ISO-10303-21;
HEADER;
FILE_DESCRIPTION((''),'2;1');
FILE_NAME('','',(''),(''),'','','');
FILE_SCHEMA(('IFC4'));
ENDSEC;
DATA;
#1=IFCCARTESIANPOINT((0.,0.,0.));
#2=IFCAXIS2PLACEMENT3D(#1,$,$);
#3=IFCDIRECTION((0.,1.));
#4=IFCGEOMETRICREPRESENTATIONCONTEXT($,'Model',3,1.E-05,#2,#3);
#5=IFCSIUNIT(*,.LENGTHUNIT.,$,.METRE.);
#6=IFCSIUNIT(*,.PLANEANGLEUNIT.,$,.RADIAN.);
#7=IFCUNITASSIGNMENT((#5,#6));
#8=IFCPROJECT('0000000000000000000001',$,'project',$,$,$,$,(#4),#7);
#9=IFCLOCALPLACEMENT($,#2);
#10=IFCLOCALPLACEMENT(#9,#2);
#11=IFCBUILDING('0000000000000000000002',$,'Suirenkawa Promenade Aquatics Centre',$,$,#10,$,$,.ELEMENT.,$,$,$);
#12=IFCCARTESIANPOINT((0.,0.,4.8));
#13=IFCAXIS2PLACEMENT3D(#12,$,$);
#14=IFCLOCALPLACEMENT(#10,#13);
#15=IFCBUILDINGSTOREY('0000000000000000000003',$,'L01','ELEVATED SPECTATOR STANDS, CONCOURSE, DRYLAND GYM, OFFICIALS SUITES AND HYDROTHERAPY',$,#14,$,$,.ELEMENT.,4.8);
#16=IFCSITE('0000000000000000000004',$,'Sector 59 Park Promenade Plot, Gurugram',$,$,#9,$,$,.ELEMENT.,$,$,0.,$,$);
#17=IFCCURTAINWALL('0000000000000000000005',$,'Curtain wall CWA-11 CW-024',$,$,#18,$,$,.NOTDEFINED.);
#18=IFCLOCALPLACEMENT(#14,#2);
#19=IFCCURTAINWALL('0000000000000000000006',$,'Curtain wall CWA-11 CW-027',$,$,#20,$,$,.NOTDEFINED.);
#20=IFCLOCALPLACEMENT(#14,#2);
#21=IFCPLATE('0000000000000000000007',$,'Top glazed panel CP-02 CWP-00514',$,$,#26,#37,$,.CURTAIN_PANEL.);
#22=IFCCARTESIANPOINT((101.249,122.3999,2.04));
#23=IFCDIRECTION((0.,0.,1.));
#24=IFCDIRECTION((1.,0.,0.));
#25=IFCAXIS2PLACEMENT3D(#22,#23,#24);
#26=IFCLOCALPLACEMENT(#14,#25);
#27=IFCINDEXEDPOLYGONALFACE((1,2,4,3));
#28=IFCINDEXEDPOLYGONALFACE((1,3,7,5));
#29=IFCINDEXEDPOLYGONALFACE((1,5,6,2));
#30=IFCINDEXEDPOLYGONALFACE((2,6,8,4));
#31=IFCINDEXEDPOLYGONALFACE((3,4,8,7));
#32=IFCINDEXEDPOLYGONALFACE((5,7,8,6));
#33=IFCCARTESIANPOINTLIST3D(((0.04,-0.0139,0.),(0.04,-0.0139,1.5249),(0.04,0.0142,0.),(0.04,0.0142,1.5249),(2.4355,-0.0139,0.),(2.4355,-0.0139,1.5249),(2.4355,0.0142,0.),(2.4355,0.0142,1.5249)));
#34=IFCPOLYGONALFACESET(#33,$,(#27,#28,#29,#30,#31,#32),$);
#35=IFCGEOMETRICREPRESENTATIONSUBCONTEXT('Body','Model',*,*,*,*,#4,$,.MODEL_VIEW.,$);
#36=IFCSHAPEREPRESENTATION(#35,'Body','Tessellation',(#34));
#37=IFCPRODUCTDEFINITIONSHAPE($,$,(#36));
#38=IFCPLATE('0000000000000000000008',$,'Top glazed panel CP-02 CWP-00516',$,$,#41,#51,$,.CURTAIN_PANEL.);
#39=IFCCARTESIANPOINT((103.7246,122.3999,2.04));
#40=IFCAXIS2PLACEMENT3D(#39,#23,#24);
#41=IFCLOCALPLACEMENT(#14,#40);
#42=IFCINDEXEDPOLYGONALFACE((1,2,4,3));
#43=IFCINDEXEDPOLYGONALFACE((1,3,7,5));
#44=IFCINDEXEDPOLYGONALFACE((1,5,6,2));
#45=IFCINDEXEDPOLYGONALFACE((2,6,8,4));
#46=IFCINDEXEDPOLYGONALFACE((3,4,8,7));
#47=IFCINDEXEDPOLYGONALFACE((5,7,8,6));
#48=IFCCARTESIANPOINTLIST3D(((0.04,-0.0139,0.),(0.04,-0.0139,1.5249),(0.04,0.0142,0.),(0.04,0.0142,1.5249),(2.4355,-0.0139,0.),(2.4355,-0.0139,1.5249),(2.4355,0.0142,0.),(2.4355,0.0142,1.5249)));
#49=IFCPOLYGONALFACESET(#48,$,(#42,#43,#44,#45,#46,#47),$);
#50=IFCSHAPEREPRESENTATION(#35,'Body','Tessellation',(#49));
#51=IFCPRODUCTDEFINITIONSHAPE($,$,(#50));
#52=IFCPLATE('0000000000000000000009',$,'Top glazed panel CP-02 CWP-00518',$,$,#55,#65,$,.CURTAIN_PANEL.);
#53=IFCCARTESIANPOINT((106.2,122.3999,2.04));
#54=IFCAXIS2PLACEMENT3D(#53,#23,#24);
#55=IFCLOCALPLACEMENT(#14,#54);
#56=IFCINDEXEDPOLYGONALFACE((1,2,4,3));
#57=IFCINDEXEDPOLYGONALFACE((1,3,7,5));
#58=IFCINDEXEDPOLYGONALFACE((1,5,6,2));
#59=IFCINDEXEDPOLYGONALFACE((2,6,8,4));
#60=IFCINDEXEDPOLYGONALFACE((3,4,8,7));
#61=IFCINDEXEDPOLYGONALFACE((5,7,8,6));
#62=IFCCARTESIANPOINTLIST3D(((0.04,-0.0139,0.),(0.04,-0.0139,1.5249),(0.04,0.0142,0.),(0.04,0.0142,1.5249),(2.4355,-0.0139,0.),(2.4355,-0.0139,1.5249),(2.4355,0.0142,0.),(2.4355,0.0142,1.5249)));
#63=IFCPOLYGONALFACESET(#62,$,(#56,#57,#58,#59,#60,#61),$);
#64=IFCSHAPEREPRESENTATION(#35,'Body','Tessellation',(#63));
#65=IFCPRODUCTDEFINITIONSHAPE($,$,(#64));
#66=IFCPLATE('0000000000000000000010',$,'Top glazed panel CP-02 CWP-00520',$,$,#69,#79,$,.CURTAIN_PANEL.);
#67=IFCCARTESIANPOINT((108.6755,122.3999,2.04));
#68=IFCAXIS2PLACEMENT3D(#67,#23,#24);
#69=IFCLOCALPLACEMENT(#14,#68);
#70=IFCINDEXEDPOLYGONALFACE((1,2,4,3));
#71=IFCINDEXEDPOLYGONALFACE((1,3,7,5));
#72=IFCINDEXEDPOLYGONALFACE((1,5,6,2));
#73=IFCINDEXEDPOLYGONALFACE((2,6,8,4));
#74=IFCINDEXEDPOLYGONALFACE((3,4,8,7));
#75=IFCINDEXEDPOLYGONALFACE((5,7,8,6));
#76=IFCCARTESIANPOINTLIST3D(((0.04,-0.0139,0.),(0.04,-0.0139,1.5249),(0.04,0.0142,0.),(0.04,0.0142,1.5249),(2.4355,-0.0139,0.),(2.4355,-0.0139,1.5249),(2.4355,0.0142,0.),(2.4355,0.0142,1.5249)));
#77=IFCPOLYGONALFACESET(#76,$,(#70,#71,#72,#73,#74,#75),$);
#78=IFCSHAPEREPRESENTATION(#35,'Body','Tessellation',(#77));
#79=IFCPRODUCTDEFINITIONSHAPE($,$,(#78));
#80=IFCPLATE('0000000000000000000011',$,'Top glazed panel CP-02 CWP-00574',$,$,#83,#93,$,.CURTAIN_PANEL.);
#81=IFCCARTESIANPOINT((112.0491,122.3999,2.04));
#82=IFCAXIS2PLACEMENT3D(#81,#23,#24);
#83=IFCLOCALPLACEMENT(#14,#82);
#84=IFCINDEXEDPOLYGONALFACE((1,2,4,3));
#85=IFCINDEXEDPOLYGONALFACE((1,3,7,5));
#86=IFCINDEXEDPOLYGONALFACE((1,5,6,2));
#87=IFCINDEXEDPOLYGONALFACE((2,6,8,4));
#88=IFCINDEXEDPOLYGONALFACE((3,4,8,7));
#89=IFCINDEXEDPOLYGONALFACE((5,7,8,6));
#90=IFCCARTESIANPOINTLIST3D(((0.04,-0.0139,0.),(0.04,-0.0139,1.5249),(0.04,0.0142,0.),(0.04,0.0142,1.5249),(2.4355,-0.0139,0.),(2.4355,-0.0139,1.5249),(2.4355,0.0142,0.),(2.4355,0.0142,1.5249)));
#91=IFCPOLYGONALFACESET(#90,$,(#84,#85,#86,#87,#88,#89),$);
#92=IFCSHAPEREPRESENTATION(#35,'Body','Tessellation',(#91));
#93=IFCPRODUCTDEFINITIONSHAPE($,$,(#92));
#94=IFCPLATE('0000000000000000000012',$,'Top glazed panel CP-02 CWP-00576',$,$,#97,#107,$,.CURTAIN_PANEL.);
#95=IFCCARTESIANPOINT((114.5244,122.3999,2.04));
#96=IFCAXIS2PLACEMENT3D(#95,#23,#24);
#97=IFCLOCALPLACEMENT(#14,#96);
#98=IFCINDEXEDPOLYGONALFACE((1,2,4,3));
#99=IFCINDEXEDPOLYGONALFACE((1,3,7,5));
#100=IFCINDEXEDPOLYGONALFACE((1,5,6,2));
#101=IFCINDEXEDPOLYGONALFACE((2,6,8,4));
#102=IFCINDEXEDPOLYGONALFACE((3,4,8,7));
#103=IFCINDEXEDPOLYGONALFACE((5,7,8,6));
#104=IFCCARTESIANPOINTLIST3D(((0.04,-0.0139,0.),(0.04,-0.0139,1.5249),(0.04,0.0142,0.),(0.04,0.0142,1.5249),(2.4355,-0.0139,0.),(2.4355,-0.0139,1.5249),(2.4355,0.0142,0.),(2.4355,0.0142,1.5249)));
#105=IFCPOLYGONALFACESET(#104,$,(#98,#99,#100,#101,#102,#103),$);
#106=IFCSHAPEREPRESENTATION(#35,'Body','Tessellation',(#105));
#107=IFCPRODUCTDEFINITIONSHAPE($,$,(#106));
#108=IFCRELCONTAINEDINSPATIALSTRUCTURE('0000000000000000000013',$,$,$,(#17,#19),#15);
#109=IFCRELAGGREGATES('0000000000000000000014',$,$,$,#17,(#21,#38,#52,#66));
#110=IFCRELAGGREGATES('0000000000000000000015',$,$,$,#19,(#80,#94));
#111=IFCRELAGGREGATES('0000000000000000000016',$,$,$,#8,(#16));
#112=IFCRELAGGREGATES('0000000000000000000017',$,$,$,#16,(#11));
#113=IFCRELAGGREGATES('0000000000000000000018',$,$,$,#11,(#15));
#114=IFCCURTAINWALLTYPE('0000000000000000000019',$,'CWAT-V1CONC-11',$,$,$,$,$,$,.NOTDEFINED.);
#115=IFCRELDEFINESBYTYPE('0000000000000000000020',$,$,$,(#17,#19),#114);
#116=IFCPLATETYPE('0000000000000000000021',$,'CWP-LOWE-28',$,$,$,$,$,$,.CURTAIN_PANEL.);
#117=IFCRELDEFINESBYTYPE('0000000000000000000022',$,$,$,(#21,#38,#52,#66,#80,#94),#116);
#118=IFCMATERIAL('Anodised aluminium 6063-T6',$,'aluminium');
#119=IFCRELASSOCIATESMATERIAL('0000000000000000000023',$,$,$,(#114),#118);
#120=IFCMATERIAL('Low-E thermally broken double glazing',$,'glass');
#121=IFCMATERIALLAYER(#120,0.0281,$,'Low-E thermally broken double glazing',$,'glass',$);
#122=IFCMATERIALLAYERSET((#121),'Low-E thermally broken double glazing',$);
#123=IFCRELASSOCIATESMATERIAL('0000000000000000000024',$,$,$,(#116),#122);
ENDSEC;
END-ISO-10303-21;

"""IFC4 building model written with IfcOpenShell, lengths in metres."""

from ifc_helpers import new_model, si_unit, direction, frame, origin, place, context, subcontext, project, spatial, polyline, outline, extrude, material, layer, layer_set, type_object, element, aggregate, save


model = new_model("IFC4")

# Units and contexts
model_context = context("Model", 3, precision=1e-05, world=origin(), true_north=direction((0.0, 1.0)))
body_context = subcontext(model_context, "Body", "Model", "MODEL_VIEW")
ifc_project = project(units=[si_unit("LENGTHUNIT", "METRE"), si_unit("PLANEANGLEUNIT", "RADIAN")], contexts=[model_context])

# Site, building, storey
site_placement = place(None, origin())
site = spatial("IfcSite", under=ifc_project, at=site_placement, Name="Sector 59 Park Promenade Plot, Gurugram", CompositionType="ELEMENT", RefElevation=0.0)
building_placement = place(site_placement, origin())
building = spatial("IfcBuilding", under=site, at=building_placement, Name="Suirenkawa Promenade Aquatics Centre", CompositionType="ELEMENT")
storey_placement = place(building_placement, frame((0.0, 0.0, 4.8)))
storey = spatial("IfcBuildingStorey", under=building, at=storey_placement, Name="L01", Description="ELEVATED SPECTATOR STANDS, CONCOURSE, DRYLAND GYM, OFFICIALS SUITES AND HYDROTHERAPY", CompositionType="ELEMENT", Elevation=4.8)

# Curtain walls
ifc_material_1 = material(Name="Anodised aluminium 6063-T6", Category="aluminium")
curtain_wall_type = type_object("IfcCurtainWallType", Name="CWAT-V1CONC-11", PredefinedType="NOTDEFINED", material=ifc_material_1)
curtain_wall_1_placement = place(storey_placement, origin())
curtain_wall_1 = element("IfcCurtainWall", 1, at=curtain_wall_1_placement, inside=storey, type_object=curtain_wall_type, Name="Curtain wall CWA-11 CW-024", PredefinedType="NOTDEFINED")
curtain_wall_2_placement = place(storey_placement, origin())
curtain_wall_2 = element("IfcCurtainWall", 2, at=curtain_wall_2_placement, inside=storey, type_object=curtain_wall_type, Name="Curtain wall CWA-11 CW-027", PredefinedType="NOTDEFINED")

# Plates
ifc_material_2 = material(Name="Low-E thermally broken double glazing", Category="glass")
ifc_layer = layer(ifc_material_2, 0.0281, Name="Low-E thermally broken double glazing", Category="glass")
ifc_layer_set = layer_set([ifc_layer], Name="Low-E thermally broken double glazing")
plate_type = type_object("IfcPlateType", Name="CWP-LOWE-28", PredefinedType="CURTAIN_PANEL", material=ifc_layer_set)
plate_1_placement = place(storey_placement, frame((101.249, 122.3999, 2.04), z_axis=(0.0, 0.0, 1.0), x_axis=(1.0, 0.0, 0.0)))
plate_1 = element("IfcPlate", 3, at=plate_1_placement, type_object=plate_type, Name="Top glazed panel CP-02 CWP-00514", PredefinedType="CURTAIN_PANEL", context=body_context, shape_type="SweptSolid", body=[
    extrude(outline(polyline([(0.04, 0.0), (2.4355, 0.0), (2.4355, 1.5249), (0.04, 1.5249), (0.04, 0.0)])), frame((0.0, 0.0142, 0.0), z_axis=(0.0, -1.0, 0.0), x_axis=(1.0, 0.0, 0.0)), (0.0, 0.0, 1.0), 0.0281),
])
plate_2_placement = place(storey_placement, frame((103.7246, 122.3999, 2.04), z_axis=(0.0, 0.0, 1.0), x_axis=(1.0, 0.0, 0.0)))
plate_2 = element("IfcPlate", 4, at=plate_2_placement, type_object=plate_type, Name="Top glazed panel CP-02 CWP-00516", PredefinedType="CURTAIN_PANEL", context=body_context, shape_type="SweptSolid", body=[
    extrude(outline(polyline([(0.04, 0.0), (2.4355, 0.0), (2.4355, 1.5249), (0.04, 1.5249), (0.04, 0.0)])), frame((0.0, 0.0142, 0.0), z_axis=(0.0, -1.0, 0.0), x_axis=(1.0, 0.0, 0.0)), (0.0, 0.0, 1.0), 0.0281),
])
plate_3_placement = place(storey_placement, frame((106.2, 122.3999, 2.04), z_axis=(0.0, 0.0, 1.0), x_axis=(1.0, 0.0, 0.0)))
plate_3 = element("IfcPlate", 5, at=plate_3_placement, type_object=plate_type, Name="Top glazed panel CP-02 CWP-00518", PredefinedType="CURTAIN_PANEL", context=body_context, shape_type="SweptSolid", body=[
    extrude(outline(polyline([(0.04, 0.0), (2.4355, 0.0), (2.4355, 1.5249), (0.04, 1.5249), (0.04, 0.0)])), frame((0.0, 0.0142, 0.0), z_axis=(0.0, -1.0, 0.0), x_axis=(1.0, 0.0, 0.0)), (0.0, 0.0, 1.0), 0.0281),
])
plate_4_placement = place(storey_placement, frame((108.6755, 122.3999, 2.04), z_axis=(0.0, 0.0, 1.0), x_axis=(1.0, 0.0, 0.0)))
plate_4 = element("IfcPlate", 6, at=plate_4_placement, type_object=plate_type, Name="Top glazed panel CP-02 CWP-00520", PredefinedType="CURTAIN_PANEL", context=body_context, shape_type="SweptSolid", body=[
    extrude(outline(polyline([(0.04, 0.0), (2.4355, 0.0), (2.4355, 1.5249), (0.04, 1.5249), (0.04, 0.0)])), frame((0.0, 0.0142, 0.0), z_axis=(0.0, -1.0, 0.0), x_axis=(1.0, 0.0, 0.0)), (0.0, 0.0, 1.0), 0.0281),
])
aggregate(curtain_wall_1, [plate_1, plate_2, plate_3, plate_4])
plate_5_placement = place(storey_placement, frame((112.0491, 122.3999, 2.04), z_axis=(0.0, 0.0, 1.0), x_axis=(1.0, 0.0, 0.0)))
plate_5 = element("IfcPlate", 7, at=plate_5_placement, type_object=plate_type, Name="Top glazed panel CP-02 CWP-00574", PredefinedType="CURTAIN_PANEL", context=body_context, shape_type="SweptSolid", body=[
    extrude(outline(polyline([(0.04, 0.0), (2.4355, 0.0), (2.4355, 1.5249), (0.04, 1.5249), (0.04, 0.0)])), frame((0.0, 0.0142, 0.0), z_axis=(0.0, -1.0, 0.0), x_axis=(1.0, 0.0, 0.0)), (0.0, 0.0, 1.0), 0.0281),
])
plate_6_placement = place(storey_placement, frame((114.5244, 122.3999, 2.04), z_axis=(0.0, 0.0, 1.0), x_axis=(1.0, 0.0, 0.0)))
plate_6 = element("IfcPlate", 8, at=plate_6_placement, type_object=plate_type, Name="Top glazed panel CP-02 CWP-00576", PredefinedType="CURTAIN_PANEL", context=body_context, shape_type="SweptSolid", body=[
    extrude(outline(polyline([(0.04, 0.0), (2.4355, 0.0), (2.4355, 1.5249), (0.04, 1.5249), (0.04, 0.0)])), frame((0.0, 0.0142, 0.0), z_axis=(0.0, -1.0, 0.0), x_axis=(1.0, 0.0, 0.0)), (0.0, 0.0, 1.0), 0.0281),
])
aggregate(curtain_wall_2, [plate_5, plate_6])

save(model, "model.ifc")
